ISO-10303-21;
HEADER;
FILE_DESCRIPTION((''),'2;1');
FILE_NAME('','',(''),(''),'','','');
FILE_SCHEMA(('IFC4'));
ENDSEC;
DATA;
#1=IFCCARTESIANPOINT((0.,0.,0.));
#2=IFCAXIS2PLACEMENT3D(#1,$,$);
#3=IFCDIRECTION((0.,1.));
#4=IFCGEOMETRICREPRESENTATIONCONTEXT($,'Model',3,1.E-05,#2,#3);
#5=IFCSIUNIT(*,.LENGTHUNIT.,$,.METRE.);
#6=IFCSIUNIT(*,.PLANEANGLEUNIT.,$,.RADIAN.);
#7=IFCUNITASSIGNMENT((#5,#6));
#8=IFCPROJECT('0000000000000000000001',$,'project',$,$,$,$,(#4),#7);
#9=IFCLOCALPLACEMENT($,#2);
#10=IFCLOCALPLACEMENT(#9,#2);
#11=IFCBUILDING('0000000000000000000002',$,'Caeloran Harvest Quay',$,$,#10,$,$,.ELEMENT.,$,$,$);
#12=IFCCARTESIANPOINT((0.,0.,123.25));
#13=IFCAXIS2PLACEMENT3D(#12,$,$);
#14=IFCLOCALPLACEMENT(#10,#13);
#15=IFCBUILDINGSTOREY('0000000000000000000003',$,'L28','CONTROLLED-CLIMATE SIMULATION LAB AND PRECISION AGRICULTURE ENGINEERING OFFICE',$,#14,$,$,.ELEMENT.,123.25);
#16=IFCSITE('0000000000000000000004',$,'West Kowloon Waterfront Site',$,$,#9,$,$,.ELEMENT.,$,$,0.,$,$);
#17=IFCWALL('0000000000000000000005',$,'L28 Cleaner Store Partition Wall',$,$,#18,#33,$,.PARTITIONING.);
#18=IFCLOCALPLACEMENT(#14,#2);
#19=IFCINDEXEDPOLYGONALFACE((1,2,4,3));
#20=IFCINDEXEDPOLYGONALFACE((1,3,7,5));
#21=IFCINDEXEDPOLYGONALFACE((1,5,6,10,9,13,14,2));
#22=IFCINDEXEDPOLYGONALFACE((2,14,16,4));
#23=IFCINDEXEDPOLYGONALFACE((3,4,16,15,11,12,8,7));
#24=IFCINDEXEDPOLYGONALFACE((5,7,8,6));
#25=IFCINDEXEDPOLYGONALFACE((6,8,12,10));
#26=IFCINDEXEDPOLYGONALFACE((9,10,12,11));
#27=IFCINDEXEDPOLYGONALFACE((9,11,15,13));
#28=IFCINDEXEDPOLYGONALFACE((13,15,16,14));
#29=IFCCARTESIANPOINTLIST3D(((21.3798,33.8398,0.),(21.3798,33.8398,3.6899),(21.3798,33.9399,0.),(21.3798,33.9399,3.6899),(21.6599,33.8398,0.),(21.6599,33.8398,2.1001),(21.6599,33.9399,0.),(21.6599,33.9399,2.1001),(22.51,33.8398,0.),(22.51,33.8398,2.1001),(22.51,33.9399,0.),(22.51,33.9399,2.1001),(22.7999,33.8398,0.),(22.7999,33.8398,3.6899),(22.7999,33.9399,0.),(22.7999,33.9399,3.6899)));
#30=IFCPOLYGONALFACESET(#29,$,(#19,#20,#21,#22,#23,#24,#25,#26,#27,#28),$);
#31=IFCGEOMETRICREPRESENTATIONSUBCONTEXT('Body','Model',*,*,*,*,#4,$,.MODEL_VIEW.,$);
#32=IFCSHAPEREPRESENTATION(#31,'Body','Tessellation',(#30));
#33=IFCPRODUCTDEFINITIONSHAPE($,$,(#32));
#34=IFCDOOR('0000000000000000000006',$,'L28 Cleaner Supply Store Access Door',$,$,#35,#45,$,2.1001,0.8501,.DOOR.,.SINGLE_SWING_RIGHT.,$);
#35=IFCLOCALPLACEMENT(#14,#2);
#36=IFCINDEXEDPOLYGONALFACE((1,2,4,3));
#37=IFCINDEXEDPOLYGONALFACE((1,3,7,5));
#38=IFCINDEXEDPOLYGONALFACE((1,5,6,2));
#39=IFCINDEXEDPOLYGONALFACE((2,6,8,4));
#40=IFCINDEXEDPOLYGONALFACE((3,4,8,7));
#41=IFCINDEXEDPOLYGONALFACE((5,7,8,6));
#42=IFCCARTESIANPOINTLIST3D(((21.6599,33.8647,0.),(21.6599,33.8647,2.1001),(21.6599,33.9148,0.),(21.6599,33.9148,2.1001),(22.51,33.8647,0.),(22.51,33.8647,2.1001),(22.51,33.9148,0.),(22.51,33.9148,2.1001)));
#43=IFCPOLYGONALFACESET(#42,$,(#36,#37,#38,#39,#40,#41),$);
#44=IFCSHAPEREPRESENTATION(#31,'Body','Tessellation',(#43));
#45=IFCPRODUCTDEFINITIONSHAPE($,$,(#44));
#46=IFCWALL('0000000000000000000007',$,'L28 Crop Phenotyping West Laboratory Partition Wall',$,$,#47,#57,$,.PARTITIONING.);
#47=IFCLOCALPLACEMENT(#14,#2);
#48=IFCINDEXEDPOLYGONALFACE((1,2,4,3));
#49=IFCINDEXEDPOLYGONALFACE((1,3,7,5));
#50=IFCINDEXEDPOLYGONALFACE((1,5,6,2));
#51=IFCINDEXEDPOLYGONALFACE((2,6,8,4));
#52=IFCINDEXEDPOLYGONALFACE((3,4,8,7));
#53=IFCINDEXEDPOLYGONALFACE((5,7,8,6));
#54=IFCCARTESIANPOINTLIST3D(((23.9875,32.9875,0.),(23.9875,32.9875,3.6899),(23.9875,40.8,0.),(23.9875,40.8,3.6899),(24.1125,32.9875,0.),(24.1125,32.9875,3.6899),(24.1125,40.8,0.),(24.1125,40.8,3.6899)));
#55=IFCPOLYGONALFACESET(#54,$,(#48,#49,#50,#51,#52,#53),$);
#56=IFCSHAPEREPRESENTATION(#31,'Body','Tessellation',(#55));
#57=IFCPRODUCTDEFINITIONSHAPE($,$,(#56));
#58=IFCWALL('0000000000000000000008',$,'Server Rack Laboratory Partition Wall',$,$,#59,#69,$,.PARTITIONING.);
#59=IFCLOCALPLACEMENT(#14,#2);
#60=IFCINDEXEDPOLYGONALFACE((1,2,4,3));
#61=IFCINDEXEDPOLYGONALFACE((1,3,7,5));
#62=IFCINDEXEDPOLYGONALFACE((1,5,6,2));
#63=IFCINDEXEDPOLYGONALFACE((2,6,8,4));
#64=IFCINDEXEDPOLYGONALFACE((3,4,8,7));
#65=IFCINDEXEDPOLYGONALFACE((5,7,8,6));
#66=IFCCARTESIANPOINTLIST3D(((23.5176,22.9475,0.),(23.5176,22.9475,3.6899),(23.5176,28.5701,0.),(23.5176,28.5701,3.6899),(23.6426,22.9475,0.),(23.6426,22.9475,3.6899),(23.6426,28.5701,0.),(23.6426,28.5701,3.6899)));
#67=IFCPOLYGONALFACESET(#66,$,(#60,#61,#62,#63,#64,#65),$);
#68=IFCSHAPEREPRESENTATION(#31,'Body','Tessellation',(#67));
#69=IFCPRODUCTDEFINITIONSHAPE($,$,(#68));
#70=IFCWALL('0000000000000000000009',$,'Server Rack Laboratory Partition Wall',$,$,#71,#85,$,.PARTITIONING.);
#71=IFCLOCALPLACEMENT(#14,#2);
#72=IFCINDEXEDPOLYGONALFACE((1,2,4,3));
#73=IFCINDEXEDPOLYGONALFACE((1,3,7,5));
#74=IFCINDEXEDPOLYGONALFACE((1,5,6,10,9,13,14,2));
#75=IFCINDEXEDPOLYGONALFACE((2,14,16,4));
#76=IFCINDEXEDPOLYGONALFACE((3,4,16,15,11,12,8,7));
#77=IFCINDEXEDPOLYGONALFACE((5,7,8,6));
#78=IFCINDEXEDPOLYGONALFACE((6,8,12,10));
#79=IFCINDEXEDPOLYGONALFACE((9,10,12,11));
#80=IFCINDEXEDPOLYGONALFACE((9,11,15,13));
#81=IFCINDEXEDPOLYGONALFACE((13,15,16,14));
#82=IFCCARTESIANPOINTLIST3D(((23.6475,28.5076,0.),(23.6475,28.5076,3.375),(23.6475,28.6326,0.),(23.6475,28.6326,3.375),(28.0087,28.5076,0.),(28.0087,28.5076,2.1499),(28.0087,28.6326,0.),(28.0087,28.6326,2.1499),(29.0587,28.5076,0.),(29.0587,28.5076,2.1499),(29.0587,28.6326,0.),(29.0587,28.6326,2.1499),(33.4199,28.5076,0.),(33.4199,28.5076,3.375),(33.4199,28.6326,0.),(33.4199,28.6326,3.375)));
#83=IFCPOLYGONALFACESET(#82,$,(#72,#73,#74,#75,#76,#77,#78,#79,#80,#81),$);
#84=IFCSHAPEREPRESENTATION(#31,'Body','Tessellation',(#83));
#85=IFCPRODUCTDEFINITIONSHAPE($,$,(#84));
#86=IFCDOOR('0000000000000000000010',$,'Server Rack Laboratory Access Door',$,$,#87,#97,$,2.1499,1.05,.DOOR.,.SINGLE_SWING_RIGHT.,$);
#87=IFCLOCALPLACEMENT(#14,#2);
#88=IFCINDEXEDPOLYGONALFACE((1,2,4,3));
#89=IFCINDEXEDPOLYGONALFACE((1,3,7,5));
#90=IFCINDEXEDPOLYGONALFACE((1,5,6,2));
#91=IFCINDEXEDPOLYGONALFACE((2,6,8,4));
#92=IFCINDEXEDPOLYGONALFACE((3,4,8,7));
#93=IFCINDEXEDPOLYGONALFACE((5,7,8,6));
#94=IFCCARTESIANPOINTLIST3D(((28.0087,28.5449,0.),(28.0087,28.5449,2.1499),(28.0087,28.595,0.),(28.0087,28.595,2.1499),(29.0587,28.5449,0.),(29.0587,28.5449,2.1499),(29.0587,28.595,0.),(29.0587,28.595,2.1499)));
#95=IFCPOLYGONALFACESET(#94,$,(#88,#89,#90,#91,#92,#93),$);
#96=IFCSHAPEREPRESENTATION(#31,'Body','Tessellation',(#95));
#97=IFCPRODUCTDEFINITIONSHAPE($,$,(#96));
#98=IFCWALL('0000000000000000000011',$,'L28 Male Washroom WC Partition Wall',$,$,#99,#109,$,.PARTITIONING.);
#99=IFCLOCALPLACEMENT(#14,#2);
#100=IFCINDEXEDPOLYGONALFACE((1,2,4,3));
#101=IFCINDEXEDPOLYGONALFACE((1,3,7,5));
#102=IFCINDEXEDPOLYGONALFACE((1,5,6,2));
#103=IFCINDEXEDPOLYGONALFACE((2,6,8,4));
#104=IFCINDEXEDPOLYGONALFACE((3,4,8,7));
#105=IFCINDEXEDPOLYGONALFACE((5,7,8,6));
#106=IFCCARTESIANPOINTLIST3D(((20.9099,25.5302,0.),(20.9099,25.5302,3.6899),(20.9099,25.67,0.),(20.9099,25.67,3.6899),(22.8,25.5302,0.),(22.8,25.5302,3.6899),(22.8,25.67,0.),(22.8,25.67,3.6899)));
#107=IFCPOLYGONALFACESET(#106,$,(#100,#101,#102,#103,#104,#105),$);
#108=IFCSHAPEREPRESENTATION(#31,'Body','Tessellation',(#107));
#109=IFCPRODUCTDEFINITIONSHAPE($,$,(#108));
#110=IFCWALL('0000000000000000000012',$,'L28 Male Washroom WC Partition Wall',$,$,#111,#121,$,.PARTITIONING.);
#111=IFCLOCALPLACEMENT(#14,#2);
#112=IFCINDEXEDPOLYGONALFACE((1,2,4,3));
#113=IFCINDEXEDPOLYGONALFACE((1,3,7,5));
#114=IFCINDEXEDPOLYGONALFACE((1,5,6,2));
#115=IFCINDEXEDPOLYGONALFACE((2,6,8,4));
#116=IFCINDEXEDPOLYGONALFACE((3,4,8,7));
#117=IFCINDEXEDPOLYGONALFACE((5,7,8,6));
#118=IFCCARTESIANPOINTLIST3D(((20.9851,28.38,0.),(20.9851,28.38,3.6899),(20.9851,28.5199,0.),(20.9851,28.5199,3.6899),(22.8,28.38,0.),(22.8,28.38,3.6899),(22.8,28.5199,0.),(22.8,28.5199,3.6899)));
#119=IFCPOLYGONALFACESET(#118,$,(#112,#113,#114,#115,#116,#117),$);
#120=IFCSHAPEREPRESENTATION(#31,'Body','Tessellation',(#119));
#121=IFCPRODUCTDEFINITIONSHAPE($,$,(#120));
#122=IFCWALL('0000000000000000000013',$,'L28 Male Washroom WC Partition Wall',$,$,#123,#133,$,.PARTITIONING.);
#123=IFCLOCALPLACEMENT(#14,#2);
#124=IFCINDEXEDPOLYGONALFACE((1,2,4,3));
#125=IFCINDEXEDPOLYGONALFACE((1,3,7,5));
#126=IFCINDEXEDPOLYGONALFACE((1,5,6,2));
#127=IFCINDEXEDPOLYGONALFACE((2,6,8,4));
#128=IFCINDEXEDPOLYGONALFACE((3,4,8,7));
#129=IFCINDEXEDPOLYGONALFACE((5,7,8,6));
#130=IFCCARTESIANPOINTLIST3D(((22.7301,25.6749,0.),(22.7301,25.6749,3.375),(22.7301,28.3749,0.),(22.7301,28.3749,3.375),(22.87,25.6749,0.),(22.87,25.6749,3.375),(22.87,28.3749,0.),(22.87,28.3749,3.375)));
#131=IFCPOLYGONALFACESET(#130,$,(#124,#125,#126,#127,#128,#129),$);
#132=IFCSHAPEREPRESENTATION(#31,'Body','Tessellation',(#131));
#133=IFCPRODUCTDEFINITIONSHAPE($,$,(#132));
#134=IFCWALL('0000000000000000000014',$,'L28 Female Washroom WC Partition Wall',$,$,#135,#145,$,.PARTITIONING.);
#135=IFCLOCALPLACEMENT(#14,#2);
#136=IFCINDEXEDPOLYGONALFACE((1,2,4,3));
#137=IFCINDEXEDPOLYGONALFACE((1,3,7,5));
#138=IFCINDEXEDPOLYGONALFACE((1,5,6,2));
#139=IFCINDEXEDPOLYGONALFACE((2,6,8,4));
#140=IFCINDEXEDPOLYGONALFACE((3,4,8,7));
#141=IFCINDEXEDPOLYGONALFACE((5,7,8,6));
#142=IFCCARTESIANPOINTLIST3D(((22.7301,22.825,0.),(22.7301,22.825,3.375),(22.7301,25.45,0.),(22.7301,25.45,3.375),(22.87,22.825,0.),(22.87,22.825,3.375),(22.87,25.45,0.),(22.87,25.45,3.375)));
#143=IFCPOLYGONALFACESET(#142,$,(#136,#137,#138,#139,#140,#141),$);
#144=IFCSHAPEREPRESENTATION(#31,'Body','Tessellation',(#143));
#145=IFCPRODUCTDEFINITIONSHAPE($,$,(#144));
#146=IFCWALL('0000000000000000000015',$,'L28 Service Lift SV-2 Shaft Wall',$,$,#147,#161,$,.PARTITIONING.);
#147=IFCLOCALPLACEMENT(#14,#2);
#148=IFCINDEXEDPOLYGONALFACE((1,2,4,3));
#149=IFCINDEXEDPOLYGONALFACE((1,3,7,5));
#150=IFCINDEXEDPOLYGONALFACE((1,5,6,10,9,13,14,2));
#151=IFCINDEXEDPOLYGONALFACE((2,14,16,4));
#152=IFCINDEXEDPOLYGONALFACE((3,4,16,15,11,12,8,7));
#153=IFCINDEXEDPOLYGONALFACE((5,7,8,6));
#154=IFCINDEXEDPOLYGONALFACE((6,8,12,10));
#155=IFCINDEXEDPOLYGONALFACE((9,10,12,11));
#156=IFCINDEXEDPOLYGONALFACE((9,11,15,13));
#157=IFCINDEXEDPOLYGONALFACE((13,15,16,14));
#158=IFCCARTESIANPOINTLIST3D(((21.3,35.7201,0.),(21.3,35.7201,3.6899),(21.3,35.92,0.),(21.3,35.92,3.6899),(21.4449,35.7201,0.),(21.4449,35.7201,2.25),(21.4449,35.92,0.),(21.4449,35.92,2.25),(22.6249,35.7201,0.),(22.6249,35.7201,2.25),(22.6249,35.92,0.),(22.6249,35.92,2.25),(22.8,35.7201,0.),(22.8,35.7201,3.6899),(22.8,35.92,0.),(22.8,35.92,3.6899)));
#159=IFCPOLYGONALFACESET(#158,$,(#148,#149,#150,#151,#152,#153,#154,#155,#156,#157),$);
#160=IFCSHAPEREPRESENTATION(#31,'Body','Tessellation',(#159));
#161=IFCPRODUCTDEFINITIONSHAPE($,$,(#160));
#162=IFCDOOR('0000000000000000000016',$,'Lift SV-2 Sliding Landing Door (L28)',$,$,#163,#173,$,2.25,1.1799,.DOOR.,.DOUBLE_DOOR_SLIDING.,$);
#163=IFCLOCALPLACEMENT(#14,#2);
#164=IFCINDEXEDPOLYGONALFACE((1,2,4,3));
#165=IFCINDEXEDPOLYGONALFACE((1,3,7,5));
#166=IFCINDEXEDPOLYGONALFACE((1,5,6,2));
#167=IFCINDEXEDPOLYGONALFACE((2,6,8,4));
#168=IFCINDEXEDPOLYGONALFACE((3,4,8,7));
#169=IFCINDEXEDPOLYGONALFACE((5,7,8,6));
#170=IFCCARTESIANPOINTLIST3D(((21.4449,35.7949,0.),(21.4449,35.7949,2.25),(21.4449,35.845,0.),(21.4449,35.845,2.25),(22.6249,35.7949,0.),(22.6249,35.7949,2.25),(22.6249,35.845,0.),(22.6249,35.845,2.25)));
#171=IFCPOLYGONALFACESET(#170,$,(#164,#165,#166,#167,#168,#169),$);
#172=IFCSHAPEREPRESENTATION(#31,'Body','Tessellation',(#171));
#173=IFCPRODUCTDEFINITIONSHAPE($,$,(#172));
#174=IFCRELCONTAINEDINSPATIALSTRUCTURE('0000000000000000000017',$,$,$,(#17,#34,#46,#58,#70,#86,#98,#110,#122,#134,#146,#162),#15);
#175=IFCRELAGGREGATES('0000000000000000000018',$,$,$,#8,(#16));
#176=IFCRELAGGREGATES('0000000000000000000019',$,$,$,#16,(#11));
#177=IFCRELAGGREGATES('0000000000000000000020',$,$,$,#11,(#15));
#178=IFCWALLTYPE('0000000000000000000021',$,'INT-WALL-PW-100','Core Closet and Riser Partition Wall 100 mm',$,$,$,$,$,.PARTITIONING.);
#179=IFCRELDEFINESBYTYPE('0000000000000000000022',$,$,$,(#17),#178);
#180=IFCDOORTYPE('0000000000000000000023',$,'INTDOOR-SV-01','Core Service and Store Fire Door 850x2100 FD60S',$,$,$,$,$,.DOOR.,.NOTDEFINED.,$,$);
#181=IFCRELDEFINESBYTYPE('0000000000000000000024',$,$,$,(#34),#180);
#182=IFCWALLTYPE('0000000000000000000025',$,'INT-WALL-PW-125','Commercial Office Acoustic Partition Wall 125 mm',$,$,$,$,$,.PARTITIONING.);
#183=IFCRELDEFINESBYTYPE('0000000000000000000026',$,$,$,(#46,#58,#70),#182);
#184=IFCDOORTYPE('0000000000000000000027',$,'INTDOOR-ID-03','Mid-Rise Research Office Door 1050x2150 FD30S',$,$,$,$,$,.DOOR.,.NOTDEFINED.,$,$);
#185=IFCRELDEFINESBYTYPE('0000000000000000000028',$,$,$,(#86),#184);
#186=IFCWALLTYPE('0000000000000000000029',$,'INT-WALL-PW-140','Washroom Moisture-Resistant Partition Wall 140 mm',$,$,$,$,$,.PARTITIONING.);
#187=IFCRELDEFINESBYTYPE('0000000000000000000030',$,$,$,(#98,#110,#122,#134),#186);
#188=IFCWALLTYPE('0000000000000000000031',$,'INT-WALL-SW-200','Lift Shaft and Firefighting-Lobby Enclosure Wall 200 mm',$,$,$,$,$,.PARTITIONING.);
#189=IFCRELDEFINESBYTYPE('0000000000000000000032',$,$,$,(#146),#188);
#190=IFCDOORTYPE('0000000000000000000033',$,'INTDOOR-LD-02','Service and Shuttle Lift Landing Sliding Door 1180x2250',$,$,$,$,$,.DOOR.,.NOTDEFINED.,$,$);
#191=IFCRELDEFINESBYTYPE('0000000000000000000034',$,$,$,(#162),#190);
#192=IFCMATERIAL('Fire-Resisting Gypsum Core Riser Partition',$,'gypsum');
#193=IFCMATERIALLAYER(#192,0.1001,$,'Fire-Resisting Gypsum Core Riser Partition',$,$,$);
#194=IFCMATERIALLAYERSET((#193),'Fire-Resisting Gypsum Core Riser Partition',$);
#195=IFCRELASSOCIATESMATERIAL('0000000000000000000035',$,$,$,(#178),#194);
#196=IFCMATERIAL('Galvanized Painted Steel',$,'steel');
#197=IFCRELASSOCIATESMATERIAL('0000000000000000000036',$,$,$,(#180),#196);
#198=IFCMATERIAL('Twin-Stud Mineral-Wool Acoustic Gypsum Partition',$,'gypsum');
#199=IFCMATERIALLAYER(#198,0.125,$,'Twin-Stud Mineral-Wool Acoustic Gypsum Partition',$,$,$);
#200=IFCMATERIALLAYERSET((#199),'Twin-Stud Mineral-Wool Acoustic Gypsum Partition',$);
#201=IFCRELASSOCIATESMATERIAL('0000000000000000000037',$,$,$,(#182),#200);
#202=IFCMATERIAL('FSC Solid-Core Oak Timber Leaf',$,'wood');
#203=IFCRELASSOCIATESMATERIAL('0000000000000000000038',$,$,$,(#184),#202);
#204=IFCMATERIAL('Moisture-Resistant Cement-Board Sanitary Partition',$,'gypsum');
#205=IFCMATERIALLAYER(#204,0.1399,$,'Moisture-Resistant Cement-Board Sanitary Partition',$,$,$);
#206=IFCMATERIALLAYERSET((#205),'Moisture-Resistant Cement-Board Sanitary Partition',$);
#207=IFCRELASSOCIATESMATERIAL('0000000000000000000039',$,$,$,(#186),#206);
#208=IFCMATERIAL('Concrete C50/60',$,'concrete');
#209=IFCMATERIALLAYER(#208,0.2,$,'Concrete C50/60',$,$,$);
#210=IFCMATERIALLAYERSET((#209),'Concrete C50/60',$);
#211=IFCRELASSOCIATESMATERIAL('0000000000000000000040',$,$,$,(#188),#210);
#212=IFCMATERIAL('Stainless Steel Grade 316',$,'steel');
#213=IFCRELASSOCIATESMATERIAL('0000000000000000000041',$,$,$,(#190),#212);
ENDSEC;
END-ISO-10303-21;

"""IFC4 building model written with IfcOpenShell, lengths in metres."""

from ifc_helpers import new_model, si_unit, direction, frame, frame_2d, origin, place, context, subcontext, project, spatial, rectangle, extrude, material, layer, layer_set, type_object, element, fill, save


model = new_model("IFC4")

# Units and contexts
model_context = context("Model", 3, precision=1e-05, world=origin(), true_north=direction((0.0, 1.0)))
body_context = subcontext(model_context, "Body", "Model", "MODEL_VIEW")
ifc_project = project(units=[si_unit("LENGTHUNIT", "METRE"), si_unit("PLANEANGLEUNIT", "RADIAN")], contexts=[model_context])

# Site, building, storey
site_placement = place(None, origin())
site = spatial("IfcSite", under=ifc_project, at=site_placement, Name="West Kowloon Waterfront Site", CompositionType="ELEMENT", RefElevation=0.0)
building_placement = place(site_placement, origin())
building = spatial("IfcBuilding", under=site, at=building_placement, Name="Caeloran Harvest Quay", CompositionType="ELEMENT")
storey_placement = place(building_placement, frame((0.0, 0.0, 123.25)))
storey = spatial("IfcBuildingStorey", under=building, at=storey_placement, Name="L28", Description="CONTROLLED-CLIMATE SIMULATION LAB AND PRECISION AGRICULTURE ENGINEERING OFFICE", CompositionType="ELEMENT", Elevation=123.25)

# Wall, opening, door
ifc_material_1 = material(Name="Fire-Resisting Gypsum Core Riser Partition", Category="gypsum")
ifc_layer_1 = layer(ifc_material_1, 0.1001, Name="Fire-Resisting Gypsum Core Riser Partition")
ifc_layer_set_1 = layer_set([ifc_layer_1], Name="Fire-Resisting Gypsum Core Riser Partition")
wall_type_1 = type_object("IfcWallType", Name="INT-WALL-PW-100", Description="Core Closet and Riser Partition Wall 100 mm", PredefinedType="PARTITIONING", material=ifc_layer_set_1)
wall_1_placement = place(storey_placement, frame((21.3799, 33.8899, 0.0), z_axis=(0.0, 0.0, 1.0), x_axis=(1.0, 0.0, 0.0)))
wall_1 = element("IfcWall", 1, at=wall_1_placement, inside=storey, type_object=wall_type_1, Name="L28 Cleaner Store Partition Wall", PredefinedType="PARTITIONING", context=body_context, shape_type="SweptSolid", body=[
    extrude(rectangle(XDim=1.4202, YDim=0.1001, at=frame_2d((0.71, 0.0))), origin(), (0.0, 0.0, 1.0), 3.6899),
])
opening_1_placement = place(wall_1_placement, frame((0.28, 0.0, 0.0)))
opening_1 = element("IfcOpeningElement", 2, at=opening_1_placement, cuts=wall_1, PredefinedType="OPENING", context=body_context, shape_type="SweptSolid", body=[
    extrude(rectangle(XDim=0.8501, YDim=2.1001, at=frame_2d((0.425, 1.05))), frame((0.0, 0.0601, 0.0), z_axis=(0.0, -1.0, 0.0), x_axis=(1.0, 0.0, 0.0)), (0.0, 0.0, 1.0), 0.1201),
])
ifc_material_2 = material(Name="Galvanized Painted Steel", Category="steel")
door_type_1 = type_object("IfcDoorType", Name="INTDOOR-SV-01", Description="Core Service and Store Fire Door 850x2100 FD60S", OperationType="NOTDEFINED", PredefinedType="DOOR", material=ifc_material_2)
door_1_placement = place(opening_1_placement, origin())
door_1 = element("IfcDoor", 3, at=door_1_placement, inside=storey, type_object=door_type_1, Name="L28 Cleaner Supply Store Access Door", OperationType="SINGLE_SWING_RIGHT", OverallHeight=2.1001, OverallWidth=0.8501, PredefinedType="DOOR", context=body_context, shape_type="SweptSolid", body=[
    extrude(rectangle(XDim=0.8501, YDim=2.1001, at=frame_2d((0.425, 1.05))), frame((0.0, 0.0249, 0.0), z_axis=(0.0, -1.0, 0.0), x_axis=(1.0, 0.0, 0.0)), (0.0, 0.0, 1.0), 0.05),
])
fill(opening_1, door_1)

# Walls
ifc_material_3 = material(Name="Twin-Stud Mineral-Wool Acoustic Gypsum Partition", Category="gypsum")
ifc_layer_2 = layer(ifc_material_3, 0.125, Name="Twin-Stud Mineral-Wool Acoustic Gypsum Partition")
ifc_layer_set_2 = layer_set([ifc_layer_2], Name="Twin-Stud Mineral-Wool Acoustic Gypsum Partition")
wall_type_2 = type_object("IfcWallType", Name="INT-WALL-PW-125", Description="Commercial Office Acoustic Partition Wall 125 mm", PredefinedType="PARTITIONING", material=ifc_layer_set_2)
wall_2_placement = place(storey_placement, frame((24.05, 32.9875, 0.0), z_axis=(0.0, 0.0, 1.0), x_axis=(0.0, 1.0, 0.0)))
element("IfcWall", 4, at=wall_2_placement, inside=storey, type_object=wall_type_2, Name="L28 Crop Phenotyping West Laboratory Partition Wall", PredefinedType="PARTITIONING", context=body_context, shape_type="SweptSolid", body=[
    extrude(rectangle(XDim=7.8125, YDim=0.125, at=frame_2d((3.9062, 0.0))), origin(), (0.0, 0.0, 1.0), 3.6899),
])
wall_3_placement = place(storey_placement, frame((23.5801, 22.9475, 0.0), z_axis=(0.0, 0.0, 1.0), x_axis=(0.0, 1.0, 0.0)))
element("IfcWall", 5, at=wall_3_placement, inside=storey, type_object=wall_type_2, Name="Server Rack Laboratory Partition Wall", PredefinedType="PARTITIONING", context=body_context, shape_type="SweptSolid", body=[
    extrude(rectangle(XDim=5.6226, YDim=0.125, at=frame_2d((2.8113, 0.0))), origin(), (0.0, 0.0, 1.0), 3.6899),
])

# Wall, opening, door
wall_4_placement = place(storey_placement, frame((23.6475, 28.5701, 0.0), z_axis=(0.0, 0.0, 1.0), x_axis=(1.0, 0.0, 0.0)))
wall_4 = element("IfcWall", 6, at=wall_4_placement, inside=storey, type_object=wall_type_2, Name="Server Rack Laboratory Partition Wall", PredefinedType="PARTITIONING", context=body_context, shape_type="SweptSolid", body=[
    extrude(rectangle(XDim=9.7725, YDim=0.125, at=frame_2d((4.8862, 0.0))), origin(), (0.0, 0.0, 1.0), 3.375),
])
opening_2_placement = place(wall_4_placement, frame((4.3613, 0.0, 0.0)))
opening_2 = element("IfcOpeningElement", 7, at=opening_2_placement, cuts=wall_4, PredefinedType="OPENING", context=body_context, shape_type="SweptSolid", body=[
    extrude(rectangle(XDim=1.05, YDim=2.1499, at=frame_2d((0.5249, 1.075))), frame((0.0, 0.0725, 0.0), z_axis=(0.0, -1.0, 0.0), x_axis=(1.0, 0.0, 0.0)), (0.0, 0.0, 1.0), 0.145),
])
ifc_material_4 = material(Name="FSC Solid-Core Oak Timber Leaf", Category="wood")
door_type_2 = type_object("IfcDoorType", Name="INTDOOR-ID-03", Description="Mid-Rise Research Office Door 1050x2150 FD30S", OperationType="NOTDEFINED", PredefinedType="DOOR", material=ifc_material_4)
door_2_placement = place(opening_2_placement, origin())
door_2 = element("IfcDoor", 8, at=door_2_placement, inside=storey, type_object=door_type_2, Name="Server Rack Laboratory Access Door", OperationType="SINGLE_SWING_RIGHT", OverallHeight=2.1499, OverallWidth=1.05, PredefinedType="DOOR", context=body_context, shape_type="SweptSolid", body=[
    extrude(rectangle(XDim=1.05, YDim=2.1499, at=frame_2d((0.5249, 1.075))), frame((0.0, 0.0249, 0.0), z_axis=(0.0, -1.0, 0.0), x_axis=(1.0, 0.0, 0.0)), (0.0, 0.0, 1.0), 0.05),
])
fill(opening_2, door_2)

# Wall
ifc_material_5 = material(Name="Moisture-Resistant Cement-Board Sanitary Partition", Category="gypsum")
ifc_layer_3 = layer(ifc_material_5, 0.1399, Name="Moisture-Resistant Cement-Board Sanitary Partition")
ifc_layer_set_3 = layer_set([ifc_layer_3], Name="Moisture-Resistant Cement-Board Sanitary Partition")
wall_type_3 = type_object("IfcWallType", Name="INT-WALL-PW-140", Description="Washroom Moisture-Resistant Partition Wall 140 mm", PredefinedType="PARTITIONING", material=ifc_layer_set_3)
wall_5_placement = place(storey_placement, frame((22.8, 25.6001, 0.0), z_axis=(0.0, 0.0, 1.0), x_axis=(-1.0, 0.0, 0.0)))
element("IfcWall", 9, at=wall_5_placement, inside=storey, type_object=wall_type_3, Name="L28 Male Washroom WC Partition Wall", PredefinedType="PARTITIONING", context=body_context, shape_type="SweptSolid", body=[
    extrude(rectangle(XDim=1.8901, YDim=0.1399, at=frame_2d((0.9451, 0.0))), origin(), (0.0, 0.0, 1.0), 3.6899),
])

# Walls
wall_6_placement = place(storey_placement, frame((20.9851, 28.45, 0.0), z_axis=(0.0, 0.0, 1.0), x_axis=(1.0, 0.0, 0.0)))
element("IfcWall", 10, at=wall_6_placement, inside=storey, type_object=wall_type_3, Name="L28 Male Washroom WC Partition Wall", PredefinedType="PARTITIONING", context=body_context, shape_type="SweptSolid", body=[
    extrude(rectangle(XDim=1.8149, YDim=0.1399, at=frame_2d((0.9075, 0.0))), origin(), (0.0, 0.0, 1.0), 3.6899),
])
wall_7_placement = place(storey_placement, frame((22.8, 28.375, 0.0), z_axis=(0.0, 0.0, 1.0), x_axis=(0.0, -1.0, 0.0)))
element("IfcWall", 11, at=wall_7_placement, inside=storey, type_object=wall_type_3, Name="L28 Male Washroom WC Partition Wall", PredefinedType="PARTITIONING", context=body_context, shape_type="SweptSolid", body=[
    extrude(rectangle(XDim=2.7, YDim=0.1399, at=frame_2d((1.3501, 0.0))), origin(), (0.0, 0.0, 1.0), 3.375),
])
wall_8_placement = place(storey_placement, frame((22.8, 25.45, 0.0), z_axis=(0.0, 0.0, 1.0), x_axis=(0.0, -1.0, 0.0)))
element("IfcWall", 12, at=wall_8_placement, inside=storey, type_object=wall_type_3, Name="L28 Female Washroom WC Partition Wall", PredefinedType="PARTITIONING", context=body_context, shape_type="SweptSolid", body=[
    extrude(rectangle(XDim=2.625, YDim=0.1399, at=frame_2d((1.3125, 0.0))), origin(), (0.0, 0.0, 1.0), 3.375),
])

# Wall, opening, door
ifc_material_6 = material(Name="Concrete C50/60", Category="concrete")
ifc_layer_4 = layer(ifc_material_6, 0.2, Name="Concrete C50/60")
ifc_layer_set_4 = layer_set([ifc_layer_4], Name="Concrete C50/60")
wall_type_4 = type_object("IfcWallType", Name="INT-WALL-SW-200", Description="Lift Shaft and Firefighting-Lobby Enclosure Wall 200 mm", PredefinedType="PARTITIONING", material=ifc_layer_set_4)
wall_9_placement = place(storey_placement, frame((21.3, 35.8201, 0.0), z_axis=(0.0, 0.0, 1.0), x_axis=(1.0, 0.0, 0.0)))
wall_9 = element("IfcWall", 13, at=wall_9_placement, inside=storey, type_object=wall_type_4, Name="L28 Service Lift SV-2 Shaft Wall", PredefinedType="PARTITIONING", context=body_context, shape_type="SweptSolid", body=[
    extrude(rectangle(XDim=1.5, YDim=0.2, at=frame_2d((0.75, 0.0))), origin(), (0.0, 0.0, 1.0), 3.6899),
])
opening_3_placement = place(wall_9_placement, frame((0.145, 0.0, 0.0)))
opening_3 = element("IfcOpeningElement", 14, at=opening_3_placement, cuts=wall_9, PredefinedType="OPENING", context=body_context, shape_type="SweptSolid", body=[
    extrude(rectangle(XDim=1.1799, YDim=2.25, at=frame_2d((0.5898, 1.125))), frame((0.0, 0.1099, 0.0), z_axis=(0.0, -1.0, 0.0), x_axis=(1.0, 0.0, 0.0)), (0.0, 0.0, 1.0), 0.22),
])
ifc_material_7 = material(Name="Stainless Steel Grade 316", Category="steel")
door_type_3 = type_object("IfcDoorType", Name="INTDOOR-LD-02", Description="Service and Shuttle Lift Landing Sliding Door 1180x2250", OperationType="NOTDEFINED", PredefinedType="DOOR", material=ifc_material_7)
door_3_placement = place(opening_3_placement, origin())
door_3 = element("IfcDoor", 15, at=door_3_placement, inside=storey, type_object=door_type_3, Name="Lift SV-2 Sliding Landing Door (L28)", OperationType="DOUBLE_DOOR_SLIDING", OverallHeight=2.25, OverallWidth=1.1799, PredefinedType="DOOR", context=body_context, shape_type="SweptSolid", body=[
    extrude(rectangle(XDim=1.1799, YDim=2.25, at=frame_2d((0.5898, 1.125))), frame((0.0, 0.0249, 0.0), z_axis=(0.0, -1.0, 0.0), x_axis=(1.0, 0.0, 0.0)), (0.0, 0.0, 1.0), 0.05),
])
fill(opening_3, door_3)

save(model, "model.ifc")
